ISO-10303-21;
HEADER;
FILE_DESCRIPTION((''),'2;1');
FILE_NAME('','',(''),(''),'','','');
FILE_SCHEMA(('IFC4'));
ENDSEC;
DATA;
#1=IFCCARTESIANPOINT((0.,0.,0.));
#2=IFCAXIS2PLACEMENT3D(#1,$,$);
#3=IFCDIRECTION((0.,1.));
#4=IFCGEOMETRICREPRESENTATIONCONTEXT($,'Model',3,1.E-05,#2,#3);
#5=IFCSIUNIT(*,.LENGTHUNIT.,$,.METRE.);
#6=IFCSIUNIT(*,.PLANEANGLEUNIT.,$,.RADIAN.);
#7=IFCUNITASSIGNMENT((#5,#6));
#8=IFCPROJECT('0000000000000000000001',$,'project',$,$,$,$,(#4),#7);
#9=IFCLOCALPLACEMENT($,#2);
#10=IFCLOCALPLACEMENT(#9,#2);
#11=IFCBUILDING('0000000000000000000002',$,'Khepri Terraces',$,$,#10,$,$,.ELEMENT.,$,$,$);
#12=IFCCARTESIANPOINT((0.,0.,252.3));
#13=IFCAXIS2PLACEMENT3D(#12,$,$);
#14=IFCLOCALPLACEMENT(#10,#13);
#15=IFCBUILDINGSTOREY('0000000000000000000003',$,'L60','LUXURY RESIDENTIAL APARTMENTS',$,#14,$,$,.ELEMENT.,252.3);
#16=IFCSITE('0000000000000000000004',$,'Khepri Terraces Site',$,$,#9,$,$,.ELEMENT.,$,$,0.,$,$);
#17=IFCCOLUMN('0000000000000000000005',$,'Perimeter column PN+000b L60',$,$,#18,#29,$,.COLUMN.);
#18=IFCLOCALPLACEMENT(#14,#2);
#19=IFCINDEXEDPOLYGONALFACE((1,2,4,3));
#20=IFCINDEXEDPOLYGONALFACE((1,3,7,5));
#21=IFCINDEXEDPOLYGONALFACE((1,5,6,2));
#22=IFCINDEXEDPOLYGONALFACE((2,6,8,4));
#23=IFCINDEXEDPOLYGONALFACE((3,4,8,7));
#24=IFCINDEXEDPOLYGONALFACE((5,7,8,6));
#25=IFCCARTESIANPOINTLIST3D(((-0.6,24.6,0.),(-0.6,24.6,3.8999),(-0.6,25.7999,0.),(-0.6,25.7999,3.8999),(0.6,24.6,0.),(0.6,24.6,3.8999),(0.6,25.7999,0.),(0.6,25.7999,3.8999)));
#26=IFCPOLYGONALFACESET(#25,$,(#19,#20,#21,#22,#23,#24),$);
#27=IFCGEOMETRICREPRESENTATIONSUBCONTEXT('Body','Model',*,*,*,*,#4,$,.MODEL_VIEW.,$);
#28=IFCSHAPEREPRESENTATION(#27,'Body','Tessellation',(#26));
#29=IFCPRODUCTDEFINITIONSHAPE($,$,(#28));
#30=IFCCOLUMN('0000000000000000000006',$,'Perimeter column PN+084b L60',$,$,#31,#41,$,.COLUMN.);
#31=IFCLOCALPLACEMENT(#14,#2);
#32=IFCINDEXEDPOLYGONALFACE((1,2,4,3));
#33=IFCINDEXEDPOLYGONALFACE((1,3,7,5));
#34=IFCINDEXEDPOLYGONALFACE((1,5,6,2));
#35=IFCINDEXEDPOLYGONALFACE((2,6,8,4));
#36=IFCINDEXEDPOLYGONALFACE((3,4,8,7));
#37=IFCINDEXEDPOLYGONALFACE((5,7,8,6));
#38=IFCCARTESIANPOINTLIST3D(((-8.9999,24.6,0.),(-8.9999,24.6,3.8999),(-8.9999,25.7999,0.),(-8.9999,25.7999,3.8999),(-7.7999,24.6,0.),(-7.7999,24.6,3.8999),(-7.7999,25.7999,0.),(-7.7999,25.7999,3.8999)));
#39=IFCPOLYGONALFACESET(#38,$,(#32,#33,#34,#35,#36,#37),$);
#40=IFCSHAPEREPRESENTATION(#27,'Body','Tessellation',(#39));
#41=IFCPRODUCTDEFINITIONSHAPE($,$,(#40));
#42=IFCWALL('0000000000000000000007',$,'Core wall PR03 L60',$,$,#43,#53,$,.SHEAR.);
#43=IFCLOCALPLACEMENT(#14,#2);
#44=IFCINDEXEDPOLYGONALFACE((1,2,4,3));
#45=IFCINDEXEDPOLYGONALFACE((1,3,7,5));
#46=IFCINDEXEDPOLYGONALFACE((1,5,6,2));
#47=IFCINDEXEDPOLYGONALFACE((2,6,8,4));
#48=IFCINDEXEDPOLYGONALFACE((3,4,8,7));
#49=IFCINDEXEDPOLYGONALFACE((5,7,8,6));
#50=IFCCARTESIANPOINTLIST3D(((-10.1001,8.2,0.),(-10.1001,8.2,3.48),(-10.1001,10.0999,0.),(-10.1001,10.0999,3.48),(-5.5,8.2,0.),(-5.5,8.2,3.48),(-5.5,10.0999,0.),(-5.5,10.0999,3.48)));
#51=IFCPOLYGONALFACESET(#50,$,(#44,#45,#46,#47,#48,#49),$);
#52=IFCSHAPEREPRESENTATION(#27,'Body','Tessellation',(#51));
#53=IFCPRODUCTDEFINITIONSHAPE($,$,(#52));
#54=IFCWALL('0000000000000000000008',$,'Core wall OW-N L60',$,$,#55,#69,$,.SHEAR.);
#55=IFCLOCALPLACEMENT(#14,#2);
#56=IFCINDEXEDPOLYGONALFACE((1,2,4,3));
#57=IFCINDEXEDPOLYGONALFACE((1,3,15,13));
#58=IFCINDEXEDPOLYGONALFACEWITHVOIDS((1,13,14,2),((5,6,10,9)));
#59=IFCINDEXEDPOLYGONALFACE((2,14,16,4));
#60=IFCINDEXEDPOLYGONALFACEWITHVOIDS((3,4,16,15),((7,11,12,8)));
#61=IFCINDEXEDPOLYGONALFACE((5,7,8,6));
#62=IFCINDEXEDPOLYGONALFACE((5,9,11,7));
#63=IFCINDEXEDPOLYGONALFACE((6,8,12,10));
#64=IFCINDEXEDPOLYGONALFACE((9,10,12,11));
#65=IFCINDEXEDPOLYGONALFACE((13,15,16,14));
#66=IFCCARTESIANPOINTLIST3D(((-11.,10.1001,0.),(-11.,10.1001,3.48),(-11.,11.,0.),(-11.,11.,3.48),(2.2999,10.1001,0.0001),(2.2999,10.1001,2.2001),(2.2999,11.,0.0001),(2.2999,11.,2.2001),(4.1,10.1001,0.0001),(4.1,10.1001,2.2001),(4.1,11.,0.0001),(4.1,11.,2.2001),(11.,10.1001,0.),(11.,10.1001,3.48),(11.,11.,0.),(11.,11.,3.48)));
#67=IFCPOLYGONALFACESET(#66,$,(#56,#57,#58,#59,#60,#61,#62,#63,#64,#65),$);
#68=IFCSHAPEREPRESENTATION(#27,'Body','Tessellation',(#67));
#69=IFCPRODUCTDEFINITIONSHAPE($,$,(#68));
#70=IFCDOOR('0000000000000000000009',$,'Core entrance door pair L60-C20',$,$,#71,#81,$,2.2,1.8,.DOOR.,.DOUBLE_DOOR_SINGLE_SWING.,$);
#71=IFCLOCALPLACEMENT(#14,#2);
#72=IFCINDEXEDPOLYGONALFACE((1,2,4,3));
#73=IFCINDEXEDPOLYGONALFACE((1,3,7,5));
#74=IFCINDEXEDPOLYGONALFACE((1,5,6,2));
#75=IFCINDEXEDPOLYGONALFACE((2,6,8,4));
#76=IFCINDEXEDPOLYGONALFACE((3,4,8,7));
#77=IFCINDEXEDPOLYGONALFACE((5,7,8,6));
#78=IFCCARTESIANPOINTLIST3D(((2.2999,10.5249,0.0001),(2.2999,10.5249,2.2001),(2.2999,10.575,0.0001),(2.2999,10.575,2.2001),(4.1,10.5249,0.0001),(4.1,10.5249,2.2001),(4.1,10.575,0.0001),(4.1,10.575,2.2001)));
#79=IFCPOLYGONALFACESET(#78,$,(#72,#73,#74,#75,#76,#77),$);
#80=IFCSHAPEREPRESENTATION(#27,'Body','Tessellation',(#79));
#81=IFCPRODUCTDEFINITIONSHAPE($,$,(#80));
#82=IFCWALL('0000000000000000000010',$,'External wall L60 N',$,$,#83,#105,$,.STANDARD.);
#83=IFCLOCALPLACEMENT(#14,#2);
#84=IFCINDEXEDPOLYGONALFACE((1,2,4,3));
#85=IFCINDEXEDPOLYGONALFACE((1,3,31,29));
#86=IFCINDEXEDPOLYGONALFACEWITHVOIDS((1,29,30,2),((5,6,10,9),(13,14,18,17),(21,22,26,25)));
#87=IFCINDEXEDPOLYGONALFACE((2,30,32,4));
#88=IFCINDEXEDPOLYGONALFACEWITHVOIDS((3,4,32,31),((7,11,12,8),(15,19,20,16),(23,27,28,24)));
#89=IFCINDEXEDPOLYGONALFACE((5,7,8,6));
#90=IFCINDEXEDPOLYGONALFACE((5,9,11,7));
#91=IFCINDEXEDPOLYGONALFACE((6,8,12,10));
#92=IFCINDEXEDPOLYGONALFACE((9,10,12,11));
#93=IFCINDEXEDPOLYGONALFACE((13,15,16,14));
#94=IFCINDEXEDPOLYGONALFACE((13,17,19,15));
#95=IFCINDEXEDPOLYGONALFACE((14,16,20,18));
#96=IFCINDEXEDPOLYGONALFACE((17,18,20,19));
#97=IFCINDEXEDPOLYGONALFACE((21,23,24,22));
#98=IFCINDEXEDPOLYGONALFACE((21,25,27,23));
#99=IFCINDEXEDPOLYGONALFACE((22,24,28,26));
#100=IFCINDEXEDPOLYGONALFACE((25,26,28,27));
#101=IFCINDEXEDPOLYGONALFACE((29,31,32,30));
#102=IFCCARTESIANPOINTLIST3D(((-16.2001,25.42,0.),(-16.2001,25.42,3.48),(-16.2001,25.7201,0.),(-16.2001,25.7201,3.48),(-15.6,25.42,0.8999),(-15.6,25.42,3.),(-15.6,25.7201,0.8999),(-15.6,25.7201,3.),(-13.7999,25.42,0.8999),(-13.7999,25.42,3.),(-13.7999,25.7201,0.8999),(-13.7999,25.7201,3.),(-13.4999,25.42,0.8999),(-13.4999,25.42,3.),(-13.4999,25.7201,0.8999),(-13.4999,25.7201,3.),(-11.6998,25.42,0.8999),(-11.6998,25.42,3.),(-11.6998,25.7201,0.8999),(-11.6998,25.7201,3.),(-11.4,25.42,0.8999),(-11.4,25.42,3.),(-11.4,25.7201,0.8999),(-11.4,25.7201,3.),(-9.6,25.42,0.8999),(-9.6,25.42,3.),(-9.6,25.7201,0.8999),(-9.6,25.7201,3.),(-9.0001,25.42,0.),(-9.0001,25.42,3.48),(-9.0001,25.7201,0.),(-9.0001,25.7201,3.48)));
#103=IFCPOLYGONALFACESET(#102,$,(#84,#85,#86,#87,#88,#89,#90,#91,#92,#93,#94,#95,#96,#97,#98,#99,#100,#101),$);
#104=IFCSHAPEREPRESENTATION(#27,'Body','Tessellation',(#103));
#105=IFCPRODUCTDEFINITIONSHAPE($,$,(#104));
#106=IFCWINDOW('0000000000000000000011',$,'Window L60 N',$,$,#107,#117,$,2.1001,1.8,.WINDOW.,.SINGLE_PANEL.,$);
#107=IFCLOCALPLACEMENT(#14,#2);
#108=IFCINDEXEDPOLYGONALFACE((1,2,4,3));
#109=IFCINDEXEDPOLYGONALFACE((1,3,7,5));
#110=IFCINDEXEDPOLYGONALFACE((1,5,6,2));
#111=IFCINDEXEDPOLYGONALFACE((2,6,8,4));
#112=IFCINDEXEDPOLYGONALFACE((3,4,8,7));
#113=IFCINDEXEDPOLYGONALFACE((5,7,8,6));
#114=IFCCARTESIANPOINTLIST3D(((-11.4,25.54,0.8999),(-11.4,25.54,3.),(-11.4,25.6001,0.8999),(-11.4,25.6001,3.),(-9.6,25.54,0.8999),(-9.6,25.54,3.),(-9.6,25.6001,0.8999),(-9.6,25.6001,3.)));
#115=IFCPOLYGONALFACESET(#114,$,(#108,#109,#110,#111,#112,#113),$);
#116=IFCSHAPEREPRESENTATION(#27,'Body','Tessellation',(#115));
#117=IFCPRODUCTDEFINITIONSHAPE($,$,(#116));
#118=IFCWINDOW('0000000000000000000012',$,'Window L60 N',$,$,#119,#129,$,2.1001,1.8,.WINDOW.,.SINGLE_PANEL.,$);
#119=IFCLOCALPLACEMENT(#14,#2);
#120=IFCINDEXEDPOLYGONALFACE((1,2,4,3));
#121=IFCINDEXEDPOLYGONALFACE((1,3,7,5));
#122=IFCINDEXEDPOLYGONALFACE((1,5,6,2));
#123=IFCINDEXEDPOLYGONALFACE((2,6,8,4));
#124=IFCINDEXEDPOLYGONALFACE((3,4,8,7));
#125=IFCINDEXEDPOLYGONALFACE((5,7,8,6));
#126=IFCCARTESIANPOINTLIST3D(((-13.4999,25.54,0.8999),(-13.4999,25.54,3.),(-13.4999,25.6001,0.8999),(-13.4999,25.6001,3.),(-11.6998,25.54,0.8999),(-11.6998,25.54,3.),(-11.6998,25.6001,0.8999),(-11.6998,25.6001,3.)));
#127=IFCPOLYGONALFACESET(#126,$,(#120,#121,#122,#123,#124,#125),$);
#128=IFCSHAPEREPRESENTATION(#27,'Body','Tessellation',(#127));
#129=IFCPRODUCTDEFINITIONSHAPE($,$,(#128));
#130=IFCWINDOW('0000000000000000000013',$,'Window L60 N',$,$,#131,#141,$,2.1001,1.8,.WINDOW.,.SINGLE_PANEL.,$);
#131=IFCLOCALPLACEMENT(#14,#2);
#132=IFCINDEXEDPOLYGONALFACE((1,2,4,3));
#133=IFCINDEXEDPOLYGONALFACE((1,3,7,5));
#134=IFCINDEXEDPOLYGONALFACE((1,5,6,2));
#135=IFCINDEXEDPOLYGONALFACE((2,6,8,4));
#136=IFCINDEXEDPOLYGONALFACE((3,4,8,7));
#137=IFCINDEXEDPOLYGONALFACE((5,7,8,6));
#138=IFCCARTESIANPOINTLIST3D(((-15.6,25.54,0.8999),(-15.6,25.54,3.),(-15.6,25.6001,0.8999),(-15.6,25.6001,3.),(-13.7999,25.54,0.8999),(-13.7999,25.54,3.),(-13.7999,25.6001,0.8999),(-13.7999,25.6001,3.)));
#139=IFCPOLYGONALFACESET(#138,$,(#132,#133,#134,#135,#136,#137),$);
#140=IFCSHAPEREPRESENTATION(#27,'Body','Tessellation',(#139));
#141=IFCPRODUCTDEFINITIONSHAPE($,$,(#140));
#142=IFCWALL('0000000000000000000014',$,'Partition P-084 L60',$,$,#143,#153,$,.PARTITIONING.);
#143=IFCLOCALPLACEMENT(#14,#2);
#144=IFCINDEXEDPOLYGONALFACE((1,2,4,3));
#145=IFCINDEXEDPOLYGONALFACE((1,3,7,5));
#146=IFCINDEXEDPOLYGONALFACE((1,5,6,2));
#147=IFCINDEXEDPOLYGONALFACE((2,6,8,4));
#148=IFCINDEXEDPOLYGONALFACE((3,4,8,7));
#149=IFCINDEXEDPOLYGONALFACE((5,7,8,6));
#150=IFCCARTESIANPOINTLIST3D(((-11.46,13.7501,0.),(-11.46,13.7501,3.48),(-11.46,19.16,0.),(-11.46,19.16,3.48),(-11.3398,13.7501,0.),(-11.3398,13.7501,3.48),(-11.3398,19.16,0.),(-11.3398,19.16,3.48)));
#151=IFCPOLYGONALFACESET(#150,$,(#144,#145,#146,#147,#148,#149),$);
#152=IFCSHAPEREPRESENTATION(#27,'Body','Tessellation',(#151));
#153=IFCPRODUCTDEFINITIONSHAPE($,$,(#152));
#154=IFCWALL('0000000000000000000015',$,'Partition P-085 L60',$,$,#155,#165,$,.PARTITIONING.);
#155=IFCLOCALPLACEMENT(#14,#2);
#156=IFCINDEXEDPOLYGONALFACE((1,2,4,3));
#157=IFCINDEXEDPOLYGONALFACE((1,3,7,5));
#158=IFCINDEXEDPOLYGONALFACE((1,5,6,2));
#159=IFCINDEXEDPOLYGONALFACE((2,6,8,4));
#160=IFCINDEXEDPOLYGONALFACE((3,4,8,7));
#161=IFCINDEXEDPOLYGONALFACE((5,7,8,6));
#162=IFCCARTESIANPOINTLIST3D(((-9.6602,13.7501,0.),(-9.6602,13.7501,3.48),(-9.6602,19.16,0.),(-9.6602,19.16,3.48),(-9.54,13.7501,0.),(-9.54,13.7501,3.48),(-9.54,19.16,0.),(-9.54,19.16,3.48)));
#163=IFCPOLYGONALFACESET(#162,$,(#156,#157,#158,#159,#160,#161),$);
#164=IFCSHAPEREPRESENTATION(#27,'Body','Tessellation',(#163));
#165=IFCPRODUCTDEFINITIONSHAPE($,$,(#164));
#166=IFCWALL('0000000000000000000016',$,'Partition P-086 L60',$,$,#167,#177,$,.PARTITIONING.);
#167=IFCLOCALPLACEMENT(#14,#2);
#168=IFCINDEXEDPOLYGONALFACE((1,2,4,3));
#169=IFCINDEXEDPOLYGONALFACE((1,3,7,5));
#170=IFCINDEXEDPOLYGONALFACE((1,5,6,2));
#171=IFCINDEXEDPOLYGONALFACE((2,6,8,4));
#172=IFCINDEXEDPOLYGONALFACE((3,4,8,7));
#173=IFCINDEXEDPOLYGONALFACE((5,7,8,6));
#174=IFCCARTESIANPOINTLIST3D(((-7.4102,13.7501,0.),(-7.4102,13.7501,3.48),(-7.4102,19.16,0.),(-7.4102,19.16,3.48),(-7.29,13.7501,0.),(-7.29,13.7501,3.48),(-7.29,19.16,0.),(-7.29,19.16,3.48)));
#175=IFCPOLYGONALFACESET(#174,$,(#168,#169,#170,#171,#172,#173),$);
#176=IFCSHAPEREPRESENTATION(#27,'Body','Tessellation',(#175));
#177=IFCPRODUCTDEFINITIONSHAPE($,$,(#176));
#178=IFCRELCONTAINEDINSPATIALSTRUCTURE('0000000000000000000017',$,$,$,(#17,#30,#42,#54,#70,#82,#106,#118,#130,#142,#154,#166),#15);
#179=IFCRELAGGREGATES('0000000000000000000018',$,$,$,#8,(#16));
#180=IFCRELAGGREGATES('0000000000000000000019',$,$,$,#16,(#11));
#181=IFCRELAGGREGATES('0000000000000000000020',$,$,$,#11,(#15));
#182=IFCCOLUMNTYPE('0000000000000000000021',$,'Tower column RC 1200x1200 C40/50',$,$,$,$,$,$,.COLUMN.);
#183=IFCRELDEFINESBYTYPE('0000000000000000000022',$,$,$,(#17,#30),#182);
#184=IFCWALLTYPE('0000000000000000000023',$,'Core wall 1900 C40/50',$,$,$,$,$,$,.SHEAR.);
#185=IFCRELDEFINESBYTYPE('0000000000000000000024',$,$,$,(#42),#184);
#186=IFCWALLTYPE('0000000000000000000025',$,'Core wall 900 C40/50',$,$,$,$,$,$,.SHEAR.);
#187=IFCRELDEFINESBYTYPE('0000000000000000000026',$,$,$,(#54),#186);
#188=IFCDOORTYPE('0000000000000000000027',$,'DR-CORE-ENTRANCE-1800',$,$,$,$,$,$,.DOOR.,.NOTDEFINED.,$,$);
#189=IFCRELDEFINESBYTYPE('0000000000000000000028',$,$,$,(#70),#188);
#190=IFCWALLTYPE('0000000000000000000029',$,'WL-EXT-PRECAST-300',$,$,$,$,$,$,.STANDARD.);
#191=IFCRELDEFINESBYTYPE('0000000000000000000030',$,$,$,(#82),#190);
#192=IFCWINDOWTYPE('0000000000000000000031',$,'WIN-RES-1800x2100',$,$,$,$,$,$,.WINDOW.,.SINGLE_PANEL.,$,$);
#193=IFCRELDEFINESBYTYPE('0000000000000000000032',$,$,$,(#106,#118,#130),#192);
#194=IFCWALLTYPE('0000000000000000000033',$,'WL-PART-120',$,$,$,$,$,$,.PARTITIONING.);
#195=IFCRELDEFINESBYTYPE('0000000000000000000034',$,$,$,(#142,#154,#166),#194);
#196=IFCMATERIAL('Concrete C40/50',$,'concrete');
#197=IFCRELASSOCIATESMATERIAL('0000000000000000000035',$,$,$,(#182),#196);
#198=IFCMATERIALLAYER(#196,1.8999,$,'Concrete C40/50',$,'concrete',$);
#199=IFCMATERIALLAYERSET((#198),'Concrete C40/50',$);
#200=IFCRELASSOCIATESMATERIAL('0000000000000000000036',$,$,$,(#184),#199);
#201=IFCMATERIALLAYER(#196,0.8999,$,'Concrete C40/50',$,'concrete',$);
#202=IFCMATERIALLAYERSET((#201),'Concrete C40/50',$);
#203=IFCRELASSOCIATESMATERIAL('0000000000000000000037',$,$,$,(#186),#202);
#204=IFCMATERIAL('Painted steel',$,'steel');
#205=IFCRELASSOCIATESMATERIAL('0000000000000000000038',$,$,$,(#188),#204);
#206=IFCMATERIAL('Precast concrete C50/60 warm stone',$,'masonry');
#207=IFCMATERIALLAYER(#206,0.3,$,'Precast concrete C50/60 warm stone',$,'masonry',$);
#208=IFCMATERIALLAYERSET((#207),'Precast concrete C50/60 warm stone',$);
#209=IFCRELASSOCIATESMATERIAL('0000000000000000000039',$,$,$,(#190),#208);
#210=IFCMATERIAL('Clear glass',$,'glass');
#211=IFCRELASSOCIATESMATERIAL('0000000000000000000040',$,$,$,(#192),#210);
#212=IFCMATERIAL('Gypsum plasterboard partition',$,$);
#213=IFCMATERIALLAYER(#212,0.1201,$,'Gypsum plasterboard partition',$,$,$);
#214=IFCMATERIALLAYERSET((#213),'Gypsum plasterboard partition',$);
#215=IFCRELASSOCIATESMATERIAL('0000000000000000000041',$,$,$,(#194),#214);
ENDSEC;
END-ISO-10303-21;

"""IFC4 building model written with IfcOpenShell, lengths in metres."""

from ifc_helpers import new_model, si_unit, direction, frame, frame_2d, origin, origin_2d, place, context, subcontext, project, spatial, rectangle, extrude, material, layer, layer_set, material_profile, profile_set, type_object, element, fill, save


model = new_model("IFC4")

# Units and contexts
model_context = context("Model", 3, precision=1e-05, world=origin(), true_north=direction((0.0, 1.0)))
body_context = subcontext(model_context, "Body", "Model", "MODEL_VIEW")
ifc_project = project(units=[si_unit("LENGTHUNIT", "METRE"), si_unit("PLANEANGLEUNIT", "RADIAN")], contexts=[model_context])

# Site, building, storey
site_placement = place(None, origin())
site = spatial("IfcSite", under=ifc_project, at=site_placement, Name="Khepri Terraces Site", CompositionType="ELEMENT", RefElevation=0.0)
building_placement = place(site_placement, origin())
building = spatial("IfcBuilding", under=site, at=building_placement, Name="Khepri Terraces", CompositionType="ELEMENT")
storey_placement = place(building_placement, frame((0.0, 0.0, 252.3)))
storey = spatial("IfcBuildingStorey", under=building, at=storey_placement, Name="L60", Description="LUXURY RESIDENTIAL APARTMENTS", CompositionType="ELEMENT", Elevation=252.3)

# Columns
ifc_material_1 = material(Name="Concrete C40/50", Category="concrete")
ifc_material_profile = material_profile(ifc_material_1, rectangle(XDim=1.2, YDim=1.2, at=origin_2d()), Name="Concrete C40/50", Category="concrete")
ifc_profile_set = profile_set([ifc_material_profile], Name="Concrete C40/50")
column_type = type_object("IfcColumnType", Name="Tower column RC 1200x1200 C40/50", PredefinedType="COLUMN", material=ifc_profile_set)
for number, where, z_axis, x_axis, name in (
    (1, (0.0, 25.2, 0.0), (0.0, 0.0, 1.0), (1.0, 0.0, 0.0), "Perimeter column PN+000b L60"),
    (2, (-8.3999, 25.2, 0.0), (0.0, 0.0, 1.0), (1.0, 0.0, 0.0), "Perimeter column PN+084b L60"),
):
    element("IfcColumn", number, at=place(storey_placement, frame(where, z_axis=z_axis, x_axis=x_axis)), inside=storey, type_object=column_type, Name=name, PredefinedType="COLUMN", context=body_context, shape_type="SweptSolid", body=[
        extrude(rectangle(XDim=1.2, YDim=1.2, at=origin_2d()), origin(), (0.0, 0.0, 1.0), 3.8999),
    ])

# Wall
ifc_layer_1 = layer(ifc_material_1, 1.8999, Name="Concrete C40/50", Category="concrete")
ifc_layer_set_1 = layer_set([ifc_layer_1], Name="Concrete C40/50")
wall_type_1 = type_object("IfcWallType", Name="Core wall 1900 C40/50", PredefinedType="SHEAR", material=ifc_layer_set_1)
wall_1_placement = place(storey_placement, frame((-10.1001, 9.1499, 0.0), z_axis=(0.0, 0.0, 1.0), x_axis=(1.0, 0.0, 0.0)))
element("IfcWall", 3, at=wall_1_placement, inside=storey, type_object=wall_type_1, Name="Core wall PR03 L60", PredefinedType="SHEAR", context=body_context, shape_type="SweptSolid", body=[
    extrude(rectangle(XDim=4.6001, YDim=1.8999, at=frame_2d((2.3, 0.0))), origin(), (0.0, 0.0, 1.0), 3.48),
])

# Wall, opening, door
ifc_layer_2 = layer(ifc_material_1, 0.8999, Name="Concrete C40/50", Category="concrete")
ifc_layer_set_2 = layer_set([ifc_layer_2], Name="Concrete C40/50")
wall_type_2 = type_object("IfcWallType", Name="Core wall 900 C40/50", PredefinedType="SHEAR", material=ifc_layer_set_2)
wall_2_placement = place(storey_placement, frame((-11.0, 10.55, 0.0), z_axis=(0.0, 0.0, 1.0), x_axis=(1.0, 0.0, 0.0)))
wall_2 = element("IfcWall", 4, at=wall_2_placement, inside=storey, type_object=wall_type_2, Name="Core wall OW-N L60", PredefinedType="SHEAR", context=body_context, shape_type="SweptSolid", body=[
    extrude(rectangle(XDim=22.0, YDim=0.8999, at=frame_2d((11.0, 0.0))), origin(), (0.0, 0.0, 1.0), 3.48),
])
opening_1_placement = place(wall_2_placement, frame((13.3, 0.0, 0.0)))
opening_1 = element("IfcOpeningElement", 5, at=opening_1_placement, cuts=wall_2, PredefinedType="OPENING", context=body_context, shape_type="SweptSolid", body=[
    extrude(rectangle(XDim=1.8, YDim=2.2, at=frame_2d((0.8999, 1.1001))), frame((0.0, 0.46, 0.0), z_axis=(0.0, -1.0, 0.0), x_axis=(1.0, 0.0, 0.0)), (0.0, 0.0, 1.0), 0.9199),
])
ifc_material_2 = material(Name="Painted steel", Category="steel")
door_type_1 = type_object("IfcDoorType", Name="DR-CORE-ENTRANCE-1800", OperationType="NOTDEFINED", PredefinedType="DOOR", material=ifc_material_2)
door_1_placement = place(opening_1_placement, origin())
door_1 = element("IfcDoor", 6, at=door_1_placement, inside=storey, type_object=door_type_1, Name="Core entrance door pair L60-C20", OperationType="DOUBLE_DOOR_SINGLE_SWING", OverallHeight=2.2, OverallWidth=1.8, PredefinedType="DOOR", context=body_context, shape_type="SweptSolid", body=[
    extrude(rectangle(XDim=1.8, YDim=2.2, at=frame_2d((0.8999, 1.1001))), frame((0.0, 0.0249, 0.0), z_axis=(0.0, -1.0, 0.0), x_axis=(1.0, 0.0, 0.0)), (0.0, 0.0, 1.0), 0.05),
])
fill(opening_1, door_1)

# Shared definitions
ifc_material_3 = material(Name="Precast concrete C50/60 warm stone", Category="masonry")
ifc_layer_3 = layer(ifc_material_3, 0.3, Name="Precast concrete C50/60 warm stone", Category="masonry")
ifc_layer_set_3 = layer_set([ifc_layer_3], Name="Precast concrete C50/60 warm stone")
wall_type_3 = type_object("IfcWallType", Name="WL-EXT-PRECAST-300", PredefinedType="STANDARD", material=ifc_layer_set_3)
ifc_material_4 = material(Name="Clear glass", Category="glass")
window_type = type_object("IfcWindowType", Name="WIN-RES-1800x2100", PartitioningType="SINGLE_PANEL", PredefinedType="WINDOW", material=ifc_material_4)

# Wall, openings, windows
wall_3_placement = place(storey_placement, frame((-9.0, 25.5701, 0.0), z_axis=(0.0, 0.0, 1.0), x_axis=(-1.0, 0.0, 0.0)))
wall_3 = element("IfcWall", 7, at=wall_3_placement, inside=storey, type_object=wall_type_3, Name="External wall L60 N", PredefinedType="STANDARD", context=body_context, shape_type="SweptSolid", body=[
    extrude(rectangle(XDim=7.2, YDim=0.3, at=frame_2d((3.6001, 0.0))), origin(), (0.0, 0.0, 1.0), 3.48),
])
opening_2_placement = place(wall_3_placement, frame((0.6001, 0.0, 0.8999)))
opening_2 = element("IfcOpeningElement", 8, at=opening_2_placement, cuts=wall_3, PredefinedType="OPENING", context=body_context, shape_type="SweptSolid", body=[
    extrude(rectangle(XDim=1.8, YDim=2.1001, at=frame_2d((0.8999, 1.05))), frame((0.0, 0.1602, 0.0), z_axis=(0.0, -1.0, 0.0), x_axis=(1.0, 0.0, 0.0)), (0.0, 0.0, 1.0), 0.3201),
])
opening_3_placement = place(wall_3_placement, frame((2.7, 0.0, 0.8999)))
opening_3 = element("IfcOpeningElement", 9, at=opening_3_placement, cuts=wall_3, PredefinedType="OPENING", context=body_context, shape_type="SweptSolid", body=[
    extrude(rectangle(XDim=1.8, YDim=2.1001, at=frame_2d((0.8999, 1.05))), frame((0.0, 0.1602, 0.0), z_axis=(0.0, -1.0, 0.0), x_axis=(1.0, 0.0, 0.0)), (0.0, 0.0, 1.0), 0.3201),
])
opening_4_placement = place(wall_3_placement, frame((4.8, 0.0, 0.8999)))
opening_4 = element("IfcOpeningElement", 10, at=opening_4_placement, cuts=wall_3, PredefinedType="OPENING", context=body_context, shape_type="SweptSolid", body=[
    extrude(rectangle(XDim=1.8, YDim=2.1001, at=frame_2d((0.8999, 1.05))), frame((0.0, 0.1602, 0.0), z_axis=(0.0, -1.0, 0.0), x_axis=(1.0, 0.0, 0.0)), (0.0, 0.0, 1.0), 0.3201),
])
window_1_placement = place(opening_2_placement, origin())
window_1 = element("IfcWindow", 11, at=window_1_placement, inside=storey, type_object=window_type, Name="Window L60 N", OverallHeight=2.1001, OverallWidth=1.8, PartitioningType="SINGLE_PANEL", PredefinedType="WINDOW", context=body_context, shape_type="SweptSolid", body=[
    extrude(rectangle(XDim=1.8, YDim=2.1001, at=frame_2d((0.8999, 1.05))), frame((0.0, 0.03, 0.0), z_axis=(0.0, -1.0, 0.0), x_axis=(1.0, 0.0, 0.0)), (0.0, 0.0, 1.0), 0.0601),
])
fill(opening_2, window_1)
window_2_placement = place(opening_3_placement, origin())
window_2 = element("IfcWindow", 12, at=window_2_placement, inside=storey, type_object=window_type, Name="Window L60 N", OverallHeight=2.1001, OverallWidth=1.8, PartitioningType="SINGLE_PANEL", PredefinedType="WINDOW", context=body_context, shape_type="SweptSolid", body=[
    extrude(rectangle(XDim=1.8, YDim=2.1001, at=frame_2d((0.8999, 1.05))), frame((0.0, 0.03, 0.0), z_axis=(0.0, -1.0, 0.0), x_axis=(1.0, 0.0, 0.0)), (0.0, 0.0, 1.0), 0.0601),
])
fill(opening_3, window_2)
window_3_placement = place(opening_4_placement, origin())
window_3 = element("IfcWindow", 13, at=window_3_placement, inside=storey, type_object=window_type, Name="Window L60 N", OverallHeight=2.1001, OverallWidth=1.8, PartitioningType="SINGLE_PANEL", PredefinedType="WINDOW", context=body_context, shape_type="SweptSolid", body=[
    extrude(rectangle(XDim=1.8, YDim=2.1001, at=frame_2d((0.8999, 1.05))), frame((0.0, 0.03, 0.0), z_axis=(0.0, -1.0, 0.0), x_axis=(1.0, 0.0, 0.0)), (0.0, 0.0, 1.0), 0.0601),
])
fill(opening_4, window_3)

# Walls
ifc_material_5 = material(Name="Gypsum plasterboard partition")
ifc_layer_4 = layer(ifc_material_5, 0.1201, Name="Gypsum plasterboard partition")
ifc_layer_set_4 = layer_set([ifc_layer_4], Name="Gypsum plasterboard partition")
wall_type_4 = type_object("IfcWallType", Name="WL-PART-120", PredefinedType="PARTITIONING", material=ifc_layer_set_4)
for number, where, z_axis, x_axis, name in (
    (14, (-11.3999, 13.75, 0.0), (0.0, 0.0, 1.0), (0.0, 1.0, 0.0), "Partition P-084 L60"),
    (15, (-9.6001, 13.75, 0.0), (0.0, 0.0, 1.0), (0.0, 1.0, 0.0), "Partition P-085 L60"),
    (16, (-7.3501, 13.75, 0.0), (0.0, 0.0, 1.0), (0.0, 1.0, 0.0), "Partition P-086 L60"),
):
    element("IfcWall", number, at=place(storey_placement, frame(where, z_axis=z_axis, x_axis=x_axis)), inside=storey, type_object=wall_type_4, Name=name, PredefinedType="PARTITIONING", context=body_context, shape_type="SweptSolid", body=[
        extrude(rectangle(XDim=5.4099, YDim=0.1201, at=frame_2d((2.7051, 0.0))), origin(), (0.0, 0.0, 1.0), 3.48),
    ])

save(model, "model.ifc")
